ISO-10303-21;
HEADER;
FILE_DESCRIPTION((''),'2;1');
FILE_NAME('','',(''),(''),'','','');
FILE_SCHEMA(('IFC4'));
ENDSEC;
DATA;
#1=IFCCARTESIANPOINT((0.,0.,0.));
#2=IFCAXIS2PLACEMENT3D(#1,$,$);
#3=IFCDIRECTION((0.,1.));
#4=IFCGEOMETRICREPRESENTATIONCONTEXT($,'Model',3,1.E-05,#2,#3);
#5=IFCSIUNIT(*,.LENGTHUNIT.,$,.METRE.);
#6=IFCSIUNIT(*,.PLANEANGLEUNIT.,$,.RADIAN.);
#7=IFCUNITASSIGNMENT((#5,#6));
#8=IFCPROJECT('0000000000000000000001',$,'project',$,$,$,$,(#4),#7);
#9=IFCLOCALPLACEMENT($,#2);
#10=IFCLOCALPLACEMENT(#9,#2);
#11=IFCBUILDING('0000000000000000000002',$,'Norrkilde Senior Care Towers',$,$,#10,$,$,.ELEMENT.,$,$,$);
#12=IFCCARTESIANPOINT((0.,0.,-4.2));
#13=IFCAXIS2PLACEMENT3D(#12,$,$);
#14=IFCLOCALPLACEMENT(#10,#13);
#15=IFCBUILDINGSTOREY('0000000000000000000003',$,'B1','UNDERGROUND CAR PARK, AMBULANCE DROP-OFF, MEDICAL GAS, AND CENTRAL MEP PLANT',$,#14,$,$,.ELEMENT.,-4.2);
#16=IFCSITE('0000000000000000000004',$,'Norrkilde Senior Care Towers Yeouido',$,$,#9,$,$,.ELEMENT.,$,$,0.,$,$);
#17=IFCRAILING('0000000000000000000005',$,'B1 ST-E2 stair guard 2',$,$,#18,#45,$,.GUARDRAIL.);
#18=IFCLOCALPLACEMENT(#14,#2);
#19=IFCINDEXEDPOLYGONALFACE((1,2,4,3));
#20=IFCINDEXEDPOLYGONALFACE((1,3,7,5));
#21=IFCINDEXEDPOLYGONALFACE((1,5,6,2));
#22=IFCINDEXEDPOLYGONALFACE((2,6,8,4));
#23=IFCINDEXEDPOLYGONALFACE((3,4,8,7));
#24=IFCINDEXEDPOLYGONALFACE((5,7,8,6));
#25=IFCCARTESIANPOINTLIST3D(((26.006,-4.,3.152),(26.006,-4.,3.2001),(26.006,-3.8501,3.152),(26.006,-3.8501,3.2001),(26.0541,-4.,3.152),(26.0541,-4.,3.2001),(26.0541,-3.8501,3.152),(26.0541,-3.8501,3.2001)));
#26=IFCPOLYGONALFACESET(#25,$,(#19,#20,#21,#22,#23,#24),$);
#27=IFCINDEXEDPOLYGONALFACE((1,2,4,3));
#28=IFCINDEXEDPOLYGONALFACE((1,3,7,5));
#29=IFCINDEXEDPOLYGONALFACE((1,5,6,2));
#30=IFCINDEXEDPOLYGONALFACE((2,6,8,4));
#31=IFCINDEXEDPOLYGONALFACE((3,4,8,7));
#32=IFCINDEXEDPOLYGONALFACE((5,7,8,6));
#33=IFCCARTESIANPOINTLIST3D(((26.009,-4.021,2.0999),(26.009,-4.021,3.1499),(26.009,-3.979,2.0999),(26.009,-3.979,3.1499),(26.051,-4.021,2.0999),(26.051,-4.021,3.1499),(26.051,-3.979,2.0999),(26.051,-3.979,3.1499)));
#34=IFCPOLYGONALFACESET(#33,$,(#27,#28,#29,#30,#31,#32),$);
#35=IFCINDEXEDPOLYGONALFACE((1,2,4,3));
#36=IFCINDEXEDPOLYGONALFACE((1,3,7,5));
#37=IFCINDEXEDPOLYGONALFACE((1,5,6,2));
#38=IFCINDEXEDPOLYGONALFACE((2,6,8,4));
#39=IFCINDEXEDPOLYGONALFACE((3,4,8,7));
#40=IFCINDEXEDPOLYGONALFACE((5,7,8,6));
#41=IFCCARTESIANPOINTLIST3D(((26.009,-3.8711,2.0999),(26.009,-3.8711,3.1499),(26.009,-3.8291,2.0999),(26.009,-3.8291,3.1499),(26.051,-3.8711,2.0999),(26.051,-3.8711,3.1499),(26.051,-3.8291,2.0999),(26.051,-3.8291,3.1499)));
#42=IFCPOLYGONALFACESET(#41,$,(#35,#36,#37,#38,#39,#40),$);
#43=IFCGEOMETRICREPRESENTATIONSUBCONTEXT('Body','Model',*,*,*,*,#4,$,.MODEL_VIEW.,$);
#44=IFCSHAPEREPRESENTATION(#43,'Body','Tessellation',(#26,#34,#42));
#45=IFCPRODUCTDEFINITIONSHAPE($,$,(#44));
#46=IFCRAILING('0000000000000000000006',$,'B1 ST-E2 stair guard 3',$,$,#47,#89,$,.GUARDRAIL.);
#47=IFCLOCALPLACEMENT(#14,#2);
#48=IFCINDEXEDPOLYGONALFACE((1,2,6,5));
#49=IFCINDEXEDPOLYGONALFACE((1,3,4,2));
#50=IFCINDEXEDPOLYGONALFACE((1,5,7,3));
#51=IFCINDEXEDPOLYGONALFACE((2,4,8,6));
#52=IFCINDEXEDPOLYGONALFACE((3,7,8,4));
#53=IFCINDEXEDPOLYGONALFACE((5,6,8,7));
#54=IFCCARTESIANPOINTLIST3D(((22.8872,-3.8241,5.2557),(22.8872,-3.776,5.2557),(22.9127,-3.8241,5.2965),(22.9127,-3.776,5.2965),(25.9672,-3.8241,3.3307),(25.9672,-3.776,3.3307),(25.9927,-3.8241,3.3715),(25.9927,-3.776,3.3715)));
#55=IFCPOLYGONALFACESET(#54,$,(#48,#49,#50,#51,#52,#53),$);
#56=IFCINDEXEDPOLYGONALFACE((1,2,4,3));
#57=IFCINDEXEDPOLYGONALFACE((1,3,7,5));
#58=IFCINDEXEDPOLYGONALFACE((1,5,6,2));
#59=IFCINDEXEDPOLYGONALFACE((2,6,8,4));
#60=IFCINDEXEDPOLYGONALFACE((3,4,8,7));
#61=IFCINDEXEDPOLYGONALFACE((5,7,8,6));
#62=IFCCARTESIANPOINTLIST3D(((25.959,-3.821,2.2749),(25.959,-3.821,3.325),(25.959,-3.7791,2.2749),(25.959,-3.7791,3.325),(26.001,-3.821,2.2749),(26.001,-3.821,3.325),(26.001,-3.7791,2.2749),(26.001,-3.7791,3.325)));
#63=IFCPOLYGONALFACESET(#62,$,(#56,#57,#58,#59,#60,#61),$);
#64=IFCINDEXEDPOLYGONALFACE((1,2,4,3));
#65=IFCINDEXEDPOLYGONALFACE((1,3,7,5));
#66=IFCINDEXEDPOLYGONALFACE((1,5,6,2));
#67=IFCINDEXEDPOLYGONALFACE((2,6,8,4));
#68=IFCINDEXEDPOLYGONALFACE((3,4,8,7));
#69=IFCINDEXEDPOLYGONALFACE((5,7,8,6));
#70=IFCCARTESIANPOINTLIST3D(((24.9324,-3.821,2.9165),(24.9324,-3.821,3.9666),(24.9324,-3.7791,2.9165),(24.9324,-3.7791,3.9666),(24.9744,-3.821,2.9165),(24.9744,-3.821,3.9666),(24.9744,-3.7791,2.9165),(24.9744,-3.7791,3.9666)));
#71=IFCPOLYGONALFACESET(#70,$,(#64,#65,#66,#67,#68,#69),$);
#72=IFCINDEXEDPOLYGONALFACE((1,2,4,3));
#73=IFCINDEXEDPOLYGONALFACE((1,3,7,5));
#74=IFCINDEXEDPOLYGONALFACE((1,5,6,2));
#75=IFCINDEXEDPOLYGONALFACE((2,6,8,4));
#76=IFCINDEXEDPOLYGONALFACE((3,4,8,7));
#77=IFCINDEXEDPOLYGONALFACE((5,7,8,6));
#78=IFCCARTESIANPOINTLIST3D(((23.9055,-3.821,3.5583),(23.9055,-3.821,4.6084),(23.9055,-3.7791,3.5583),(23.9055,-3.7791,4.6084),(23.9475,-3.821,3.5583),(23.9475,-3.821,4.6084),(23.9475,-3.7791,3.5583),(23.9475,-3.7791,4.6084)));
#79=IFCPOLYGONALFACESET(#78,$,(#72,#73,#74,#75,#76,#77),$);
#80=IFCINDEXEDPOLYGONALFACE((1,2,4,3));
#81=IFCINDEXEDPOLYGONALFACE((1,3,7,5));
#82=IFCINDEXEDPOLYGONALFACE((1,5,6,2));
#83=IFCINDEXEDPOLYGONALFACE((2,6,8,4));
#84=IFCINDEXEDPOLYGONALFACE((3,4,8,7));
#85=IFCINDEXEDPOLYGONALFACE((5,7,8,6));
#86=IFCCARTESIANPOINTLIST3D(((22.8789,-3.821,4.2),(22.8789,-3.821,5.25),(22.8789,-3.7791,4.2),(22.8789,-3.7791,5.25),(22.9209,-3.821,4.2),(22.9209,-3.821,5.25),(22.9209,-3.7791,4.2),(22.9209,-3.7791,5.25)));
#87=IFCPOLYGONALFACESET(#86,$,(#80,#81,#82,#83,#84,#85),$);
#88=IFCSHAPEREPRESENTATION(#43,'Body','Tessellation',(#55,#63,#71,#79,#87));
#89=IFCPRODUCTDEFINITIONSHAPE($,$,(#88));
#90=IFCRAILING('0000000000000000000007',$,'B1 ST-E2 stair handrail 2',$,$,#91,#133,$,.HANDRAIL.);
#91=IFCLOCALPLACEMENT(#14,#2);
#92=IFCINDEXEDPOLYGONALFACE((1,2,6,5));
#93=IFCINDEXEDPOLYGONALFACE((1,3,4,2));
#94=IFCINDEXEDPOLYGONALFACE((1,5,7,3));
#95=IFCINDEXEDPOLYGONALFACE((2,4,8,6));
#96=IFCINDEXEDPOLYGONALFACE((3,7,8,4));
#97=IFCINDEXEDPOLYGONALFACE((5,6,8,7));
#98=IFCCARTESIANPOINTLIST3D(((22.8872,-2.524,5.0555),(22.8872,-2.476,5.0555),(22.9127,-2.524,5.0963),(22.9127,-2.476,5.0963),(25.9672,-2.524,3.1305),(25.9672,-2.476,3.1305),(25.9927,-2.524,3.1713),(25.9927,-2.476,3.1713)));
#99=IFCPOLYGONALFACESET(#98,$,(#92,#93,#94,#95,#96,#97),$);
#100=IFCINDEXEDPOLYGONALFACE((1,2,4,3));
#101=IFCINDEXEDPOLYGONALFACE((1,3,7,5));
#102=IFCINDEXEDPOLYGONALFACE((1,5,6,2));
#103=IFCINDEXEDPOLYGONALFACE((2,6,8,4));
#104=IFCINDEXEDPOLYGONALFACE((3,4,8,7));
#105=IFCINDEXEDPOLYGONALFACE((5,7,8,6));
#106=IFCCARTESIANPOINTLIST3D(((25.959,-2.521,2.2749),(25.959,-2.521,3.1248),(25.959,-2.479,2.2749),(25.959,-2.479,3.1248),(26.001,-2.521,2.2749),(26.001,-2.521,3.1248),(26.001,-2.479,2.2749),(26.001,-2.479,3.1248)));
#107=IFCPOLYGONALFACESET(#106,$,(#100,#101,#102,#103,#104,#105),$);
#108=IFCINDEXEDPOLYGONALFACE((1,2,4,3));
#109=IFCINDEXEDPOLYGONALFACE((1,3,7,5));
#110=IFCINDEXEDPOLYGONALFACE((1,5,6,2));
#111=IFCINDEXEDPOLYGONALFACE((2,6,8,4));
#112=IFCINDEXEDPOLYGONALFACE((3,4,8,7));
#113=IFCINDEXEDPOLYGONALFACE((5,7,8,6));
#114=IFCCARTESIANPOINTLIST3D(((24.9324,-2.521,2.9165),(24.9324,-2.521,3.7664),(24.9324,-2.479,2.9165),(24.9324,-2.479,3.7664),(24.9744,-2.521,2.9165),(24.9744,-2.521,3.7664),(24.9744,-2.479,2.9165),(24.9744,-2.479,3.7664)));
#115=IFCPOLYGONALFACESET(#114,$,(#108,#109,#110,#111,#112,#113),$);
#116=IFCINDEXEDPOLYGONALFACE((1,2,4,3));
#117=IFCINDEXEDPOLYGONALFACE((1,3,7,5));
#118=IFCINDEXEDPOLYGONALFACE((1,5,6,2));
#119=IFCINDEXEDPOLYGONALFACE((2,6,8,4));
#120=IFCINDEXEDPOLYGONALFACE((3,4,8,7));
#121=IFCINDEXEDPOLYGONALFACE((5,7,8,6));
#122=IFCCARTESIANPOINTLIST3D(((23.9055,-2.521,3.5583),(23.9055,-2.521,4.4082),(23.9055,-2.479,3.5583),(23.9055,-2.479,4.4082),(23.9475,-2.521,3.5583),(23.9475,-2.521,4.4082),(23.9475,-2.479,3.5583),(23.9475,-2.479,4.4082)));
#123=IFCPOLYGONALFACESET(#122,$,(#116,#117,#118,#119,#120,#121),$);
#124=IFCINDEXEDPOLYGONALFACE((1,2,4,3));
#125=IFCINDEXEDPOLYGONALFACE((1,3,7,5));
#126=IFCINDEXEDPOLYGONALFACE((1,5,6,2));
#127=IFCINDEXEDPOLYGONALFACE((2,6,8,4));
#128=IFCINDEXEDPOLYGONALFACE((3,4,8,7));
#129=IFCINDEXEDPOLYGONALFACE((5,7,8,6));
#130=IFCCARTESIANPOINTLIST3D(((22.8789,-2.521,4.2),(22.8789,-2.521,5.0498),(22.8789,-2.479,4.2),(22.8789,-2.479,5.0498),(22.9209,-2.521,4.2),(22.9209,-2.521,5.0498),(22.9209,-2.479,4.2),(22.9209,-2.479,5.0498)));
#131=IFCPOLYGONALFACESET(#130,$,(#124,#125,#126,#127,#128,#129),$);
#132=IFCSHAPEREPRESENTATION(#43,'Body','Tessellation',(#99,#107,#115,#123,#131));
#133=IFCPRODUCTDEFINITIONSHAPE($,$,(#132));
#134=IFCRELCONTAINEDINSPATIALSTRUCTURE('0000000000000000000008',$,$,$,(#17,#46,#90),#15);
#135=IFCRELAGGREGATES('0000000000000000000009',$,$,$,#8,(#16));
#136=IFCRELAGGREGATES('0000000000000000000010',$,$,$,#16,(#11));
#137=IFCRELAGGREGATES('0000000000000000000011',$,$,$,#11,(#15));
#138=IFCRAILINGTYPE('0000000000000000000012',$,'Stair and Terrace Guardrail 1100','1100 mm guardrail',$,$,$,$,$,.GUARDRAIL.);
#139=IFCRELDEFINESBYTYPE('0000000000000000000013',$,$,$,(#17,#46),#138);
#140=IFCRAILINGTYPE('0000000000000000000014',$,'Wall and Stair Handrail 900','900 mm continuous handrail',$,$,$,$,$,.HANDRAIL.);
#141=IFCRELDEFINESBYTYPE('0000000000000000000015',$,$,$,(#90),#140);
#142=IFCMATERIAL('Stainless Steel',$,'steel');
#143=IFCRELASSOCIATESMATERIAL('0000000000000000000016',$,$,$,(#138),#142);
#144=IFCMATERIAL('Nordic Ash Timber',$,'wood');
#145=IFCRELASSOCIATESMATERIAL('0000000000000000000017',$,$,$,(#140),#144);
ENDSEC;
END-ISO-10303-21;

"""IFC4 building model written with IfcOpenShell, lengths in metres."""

from ifc_helpers import new_model, si_unit, direction, frame, origin, origin_2d, place, context, subcontext, project, spatial, rectangle, extrude, material, type_object, element, save


model = new_model("IFC4")

# Units and contexts
model_context = context("Model", 3, precision=1e-05, world=origin(), true_north=direction((0.0, 1.0)))
body_context = subcontext(model_context, "Body", "Model", "MODEL_VIEW")
ifc_project = project(units=[si_unit("LENGTHUNIT", "METRE"), si_unit("PLANEANGLEUNIT", "RADIAN")], contexts=[model_context])

# Site, building, storey
site_placement = place(None, origin())
site = spatial("IfcSite", under=ifc_project, at=site_placement, Name="Norrkilde Senior Care Towers Yeouido", CompositionType="ELEMENT", RefElevation=0.0)
building_placement = place(site_placement, origin())
building = spatial("IfcBuilding", under=site, at=building_placement, Name="Norrkilde Senior Care Towers", CompositionType="ELEMENT")
storey_placement = place(building_placement, frame((0.0, 0.0, -4.2)))
storey = spatial("IfcBuildingStorey", under=building, at=storey_placement, Name="B1", Description="UNDERGROUND CAR PARK, AMBULANCE DROP-OFF, MEDICAL GAS, AND CENTRAL MEP PLANT", CompositionType="ELEMENT", Elevation=-4.2)

# Railings
ifc_material_1 = material(Name="Stainless Steel", Category="steel")
railing_type_1 = type_object("IfcRailingType", Name="Stair and Terrace Guardrail 1100", Description="1100 mm guardrail", PredefinedType="GUARDRAIL", material=ifc_material_1)
railing_1_placement = place(storey_placement, frame((26.03, -4.0, 2.0999)))
element("IfcRailing", 1, at=railing_1_placement, inside=storey, type_object=railing_type_1, Name="B1 ST-E2 stair guard 2", PredefinedType="GUARDRAIL", context=body_context, shape_type="SweptSolid", body=[
    extrude(rectangle(XDim=0.0481, YDim=0.0481, at=origin_2d()), frame((0.0, 0.0, 1.0762), z_axis=(0.0, 1.0, 0.0), x_axis=(-1.0, 0.0, 0.0)), (0.0, 0.0, 1.0), 0.1499),
    extrude(rectangle(XDim=0.042, YDim=0.042, at=origin_2d()), origin(), (0.0, 0.0, 1.0), 1.05),
    extrude(rectangle(XDim=0.042, YDim=0.042, at=origin_2d()), frame((0.0, 0.1499, 0.0)), (0.0, 0.0, 1.0), 1.05),
])
railing_2_placement = place(storey_placement, frame((25.98, -3.8, 2.2749)))
element("IfcRailing", 2, at=railing_2_placement, inside=storey, type_object=railing_type_1, Name="B1 ST-E2 stair guard 3", PredefinedType="GUARDRAIL", context=body_context, shape_type="SweptSolid", body=[
    extrude(rectangle(XDim=0.0481, YDim=0.0481, at=origin_2d()), frame((0.0, 0.0, 1.0762), z_axis=(-0.847998, 0.0, 0.529999), x_axis=(0.0, -1.0, 0.0)), (0.0, 0.0, 1.0), 3.6321),
    extrude(rectangle(XDim=0.042, YDim=0.042, at=origin_2d()), origin(), (0.0, 0.0, 1.0), 1.05),
    extrude(rectangle(XDim=0.042, YDim=0.042, at=origin_2d()), frame((-1.0266, 0.0, 0.6416)), (0.0, 0.0, 1.0), 1.05),
    extrude(rectangle(XDim=0.042, YDim=0.042, at=origin_2d()), frame((-2.0535, 0.0, 1.2834)), (0.0, 0.0, 1.0), 1.05),
    extrude(rectangle(XDim=0.042, YDim=0.042, at=origin_2d()), frame((-3.0801, 0.0, 1.925)), (0.0, 0.0, 1.0), 1.05),
])
ifc_material_2 = material(Name="Nordic Ash Timber", Category="wood")
railing_type_2 = type_object("IfcRailingType", Name="Wall and Stair Handrail 900", Description="900 mm continuous handrail", PredefinedType="HANDRAIL", material=ifc_material_2)
railing_3_placement = place(storey_placement, frame((25.98, -2.5, 2.2749)))
element("IfcRailing", 3, at=railing_3_placement, inside=storey, type_object=railing_type_2, Name="B1 ST-E2 stair handrail 2", PredefinedType="HANDRAIL", context=body_context, shape_type="SweptSolid", body=[
    extrude(rectangle(XDim=0.0481, YDim=0.0481, at=origin_2d()), frame((0.0, 0.0, 0.876), z_axis=(-0.847998, 0.0, 0.529999), x_axis=(0.0, -1.0, 0.0)), (0.0, 0.0, 1.0), 3.6321),
    extrude(rectangle(XDim=0.042, YDim=0.042, at=origin_2d()), origin(), (0.0, 0.0, 1.0), 0.8499),
    extrude(rectangle(XDim=0.042, YDim=0.042, at=origin_2d()), frame((-1.0266, 0.0, 0.6416)), (0.0, 0.0, 1.0), 0.8499),
    extrude(rectangle(XDim=0.042, YDim=0.042, at=origin_2d()), frame((-2.0535, 0.0, 1.2834)), (0.0, 0.0, 1.0), 0.8499),
    extrude(rectangle(XDim=0.042, YDim=0.042, at=origin_2d()), frame((-3.0801, 0.0, 1.925)), (0.0, 0.0, 1.0), 0.8499),
])

save(model, "model.ifc")
